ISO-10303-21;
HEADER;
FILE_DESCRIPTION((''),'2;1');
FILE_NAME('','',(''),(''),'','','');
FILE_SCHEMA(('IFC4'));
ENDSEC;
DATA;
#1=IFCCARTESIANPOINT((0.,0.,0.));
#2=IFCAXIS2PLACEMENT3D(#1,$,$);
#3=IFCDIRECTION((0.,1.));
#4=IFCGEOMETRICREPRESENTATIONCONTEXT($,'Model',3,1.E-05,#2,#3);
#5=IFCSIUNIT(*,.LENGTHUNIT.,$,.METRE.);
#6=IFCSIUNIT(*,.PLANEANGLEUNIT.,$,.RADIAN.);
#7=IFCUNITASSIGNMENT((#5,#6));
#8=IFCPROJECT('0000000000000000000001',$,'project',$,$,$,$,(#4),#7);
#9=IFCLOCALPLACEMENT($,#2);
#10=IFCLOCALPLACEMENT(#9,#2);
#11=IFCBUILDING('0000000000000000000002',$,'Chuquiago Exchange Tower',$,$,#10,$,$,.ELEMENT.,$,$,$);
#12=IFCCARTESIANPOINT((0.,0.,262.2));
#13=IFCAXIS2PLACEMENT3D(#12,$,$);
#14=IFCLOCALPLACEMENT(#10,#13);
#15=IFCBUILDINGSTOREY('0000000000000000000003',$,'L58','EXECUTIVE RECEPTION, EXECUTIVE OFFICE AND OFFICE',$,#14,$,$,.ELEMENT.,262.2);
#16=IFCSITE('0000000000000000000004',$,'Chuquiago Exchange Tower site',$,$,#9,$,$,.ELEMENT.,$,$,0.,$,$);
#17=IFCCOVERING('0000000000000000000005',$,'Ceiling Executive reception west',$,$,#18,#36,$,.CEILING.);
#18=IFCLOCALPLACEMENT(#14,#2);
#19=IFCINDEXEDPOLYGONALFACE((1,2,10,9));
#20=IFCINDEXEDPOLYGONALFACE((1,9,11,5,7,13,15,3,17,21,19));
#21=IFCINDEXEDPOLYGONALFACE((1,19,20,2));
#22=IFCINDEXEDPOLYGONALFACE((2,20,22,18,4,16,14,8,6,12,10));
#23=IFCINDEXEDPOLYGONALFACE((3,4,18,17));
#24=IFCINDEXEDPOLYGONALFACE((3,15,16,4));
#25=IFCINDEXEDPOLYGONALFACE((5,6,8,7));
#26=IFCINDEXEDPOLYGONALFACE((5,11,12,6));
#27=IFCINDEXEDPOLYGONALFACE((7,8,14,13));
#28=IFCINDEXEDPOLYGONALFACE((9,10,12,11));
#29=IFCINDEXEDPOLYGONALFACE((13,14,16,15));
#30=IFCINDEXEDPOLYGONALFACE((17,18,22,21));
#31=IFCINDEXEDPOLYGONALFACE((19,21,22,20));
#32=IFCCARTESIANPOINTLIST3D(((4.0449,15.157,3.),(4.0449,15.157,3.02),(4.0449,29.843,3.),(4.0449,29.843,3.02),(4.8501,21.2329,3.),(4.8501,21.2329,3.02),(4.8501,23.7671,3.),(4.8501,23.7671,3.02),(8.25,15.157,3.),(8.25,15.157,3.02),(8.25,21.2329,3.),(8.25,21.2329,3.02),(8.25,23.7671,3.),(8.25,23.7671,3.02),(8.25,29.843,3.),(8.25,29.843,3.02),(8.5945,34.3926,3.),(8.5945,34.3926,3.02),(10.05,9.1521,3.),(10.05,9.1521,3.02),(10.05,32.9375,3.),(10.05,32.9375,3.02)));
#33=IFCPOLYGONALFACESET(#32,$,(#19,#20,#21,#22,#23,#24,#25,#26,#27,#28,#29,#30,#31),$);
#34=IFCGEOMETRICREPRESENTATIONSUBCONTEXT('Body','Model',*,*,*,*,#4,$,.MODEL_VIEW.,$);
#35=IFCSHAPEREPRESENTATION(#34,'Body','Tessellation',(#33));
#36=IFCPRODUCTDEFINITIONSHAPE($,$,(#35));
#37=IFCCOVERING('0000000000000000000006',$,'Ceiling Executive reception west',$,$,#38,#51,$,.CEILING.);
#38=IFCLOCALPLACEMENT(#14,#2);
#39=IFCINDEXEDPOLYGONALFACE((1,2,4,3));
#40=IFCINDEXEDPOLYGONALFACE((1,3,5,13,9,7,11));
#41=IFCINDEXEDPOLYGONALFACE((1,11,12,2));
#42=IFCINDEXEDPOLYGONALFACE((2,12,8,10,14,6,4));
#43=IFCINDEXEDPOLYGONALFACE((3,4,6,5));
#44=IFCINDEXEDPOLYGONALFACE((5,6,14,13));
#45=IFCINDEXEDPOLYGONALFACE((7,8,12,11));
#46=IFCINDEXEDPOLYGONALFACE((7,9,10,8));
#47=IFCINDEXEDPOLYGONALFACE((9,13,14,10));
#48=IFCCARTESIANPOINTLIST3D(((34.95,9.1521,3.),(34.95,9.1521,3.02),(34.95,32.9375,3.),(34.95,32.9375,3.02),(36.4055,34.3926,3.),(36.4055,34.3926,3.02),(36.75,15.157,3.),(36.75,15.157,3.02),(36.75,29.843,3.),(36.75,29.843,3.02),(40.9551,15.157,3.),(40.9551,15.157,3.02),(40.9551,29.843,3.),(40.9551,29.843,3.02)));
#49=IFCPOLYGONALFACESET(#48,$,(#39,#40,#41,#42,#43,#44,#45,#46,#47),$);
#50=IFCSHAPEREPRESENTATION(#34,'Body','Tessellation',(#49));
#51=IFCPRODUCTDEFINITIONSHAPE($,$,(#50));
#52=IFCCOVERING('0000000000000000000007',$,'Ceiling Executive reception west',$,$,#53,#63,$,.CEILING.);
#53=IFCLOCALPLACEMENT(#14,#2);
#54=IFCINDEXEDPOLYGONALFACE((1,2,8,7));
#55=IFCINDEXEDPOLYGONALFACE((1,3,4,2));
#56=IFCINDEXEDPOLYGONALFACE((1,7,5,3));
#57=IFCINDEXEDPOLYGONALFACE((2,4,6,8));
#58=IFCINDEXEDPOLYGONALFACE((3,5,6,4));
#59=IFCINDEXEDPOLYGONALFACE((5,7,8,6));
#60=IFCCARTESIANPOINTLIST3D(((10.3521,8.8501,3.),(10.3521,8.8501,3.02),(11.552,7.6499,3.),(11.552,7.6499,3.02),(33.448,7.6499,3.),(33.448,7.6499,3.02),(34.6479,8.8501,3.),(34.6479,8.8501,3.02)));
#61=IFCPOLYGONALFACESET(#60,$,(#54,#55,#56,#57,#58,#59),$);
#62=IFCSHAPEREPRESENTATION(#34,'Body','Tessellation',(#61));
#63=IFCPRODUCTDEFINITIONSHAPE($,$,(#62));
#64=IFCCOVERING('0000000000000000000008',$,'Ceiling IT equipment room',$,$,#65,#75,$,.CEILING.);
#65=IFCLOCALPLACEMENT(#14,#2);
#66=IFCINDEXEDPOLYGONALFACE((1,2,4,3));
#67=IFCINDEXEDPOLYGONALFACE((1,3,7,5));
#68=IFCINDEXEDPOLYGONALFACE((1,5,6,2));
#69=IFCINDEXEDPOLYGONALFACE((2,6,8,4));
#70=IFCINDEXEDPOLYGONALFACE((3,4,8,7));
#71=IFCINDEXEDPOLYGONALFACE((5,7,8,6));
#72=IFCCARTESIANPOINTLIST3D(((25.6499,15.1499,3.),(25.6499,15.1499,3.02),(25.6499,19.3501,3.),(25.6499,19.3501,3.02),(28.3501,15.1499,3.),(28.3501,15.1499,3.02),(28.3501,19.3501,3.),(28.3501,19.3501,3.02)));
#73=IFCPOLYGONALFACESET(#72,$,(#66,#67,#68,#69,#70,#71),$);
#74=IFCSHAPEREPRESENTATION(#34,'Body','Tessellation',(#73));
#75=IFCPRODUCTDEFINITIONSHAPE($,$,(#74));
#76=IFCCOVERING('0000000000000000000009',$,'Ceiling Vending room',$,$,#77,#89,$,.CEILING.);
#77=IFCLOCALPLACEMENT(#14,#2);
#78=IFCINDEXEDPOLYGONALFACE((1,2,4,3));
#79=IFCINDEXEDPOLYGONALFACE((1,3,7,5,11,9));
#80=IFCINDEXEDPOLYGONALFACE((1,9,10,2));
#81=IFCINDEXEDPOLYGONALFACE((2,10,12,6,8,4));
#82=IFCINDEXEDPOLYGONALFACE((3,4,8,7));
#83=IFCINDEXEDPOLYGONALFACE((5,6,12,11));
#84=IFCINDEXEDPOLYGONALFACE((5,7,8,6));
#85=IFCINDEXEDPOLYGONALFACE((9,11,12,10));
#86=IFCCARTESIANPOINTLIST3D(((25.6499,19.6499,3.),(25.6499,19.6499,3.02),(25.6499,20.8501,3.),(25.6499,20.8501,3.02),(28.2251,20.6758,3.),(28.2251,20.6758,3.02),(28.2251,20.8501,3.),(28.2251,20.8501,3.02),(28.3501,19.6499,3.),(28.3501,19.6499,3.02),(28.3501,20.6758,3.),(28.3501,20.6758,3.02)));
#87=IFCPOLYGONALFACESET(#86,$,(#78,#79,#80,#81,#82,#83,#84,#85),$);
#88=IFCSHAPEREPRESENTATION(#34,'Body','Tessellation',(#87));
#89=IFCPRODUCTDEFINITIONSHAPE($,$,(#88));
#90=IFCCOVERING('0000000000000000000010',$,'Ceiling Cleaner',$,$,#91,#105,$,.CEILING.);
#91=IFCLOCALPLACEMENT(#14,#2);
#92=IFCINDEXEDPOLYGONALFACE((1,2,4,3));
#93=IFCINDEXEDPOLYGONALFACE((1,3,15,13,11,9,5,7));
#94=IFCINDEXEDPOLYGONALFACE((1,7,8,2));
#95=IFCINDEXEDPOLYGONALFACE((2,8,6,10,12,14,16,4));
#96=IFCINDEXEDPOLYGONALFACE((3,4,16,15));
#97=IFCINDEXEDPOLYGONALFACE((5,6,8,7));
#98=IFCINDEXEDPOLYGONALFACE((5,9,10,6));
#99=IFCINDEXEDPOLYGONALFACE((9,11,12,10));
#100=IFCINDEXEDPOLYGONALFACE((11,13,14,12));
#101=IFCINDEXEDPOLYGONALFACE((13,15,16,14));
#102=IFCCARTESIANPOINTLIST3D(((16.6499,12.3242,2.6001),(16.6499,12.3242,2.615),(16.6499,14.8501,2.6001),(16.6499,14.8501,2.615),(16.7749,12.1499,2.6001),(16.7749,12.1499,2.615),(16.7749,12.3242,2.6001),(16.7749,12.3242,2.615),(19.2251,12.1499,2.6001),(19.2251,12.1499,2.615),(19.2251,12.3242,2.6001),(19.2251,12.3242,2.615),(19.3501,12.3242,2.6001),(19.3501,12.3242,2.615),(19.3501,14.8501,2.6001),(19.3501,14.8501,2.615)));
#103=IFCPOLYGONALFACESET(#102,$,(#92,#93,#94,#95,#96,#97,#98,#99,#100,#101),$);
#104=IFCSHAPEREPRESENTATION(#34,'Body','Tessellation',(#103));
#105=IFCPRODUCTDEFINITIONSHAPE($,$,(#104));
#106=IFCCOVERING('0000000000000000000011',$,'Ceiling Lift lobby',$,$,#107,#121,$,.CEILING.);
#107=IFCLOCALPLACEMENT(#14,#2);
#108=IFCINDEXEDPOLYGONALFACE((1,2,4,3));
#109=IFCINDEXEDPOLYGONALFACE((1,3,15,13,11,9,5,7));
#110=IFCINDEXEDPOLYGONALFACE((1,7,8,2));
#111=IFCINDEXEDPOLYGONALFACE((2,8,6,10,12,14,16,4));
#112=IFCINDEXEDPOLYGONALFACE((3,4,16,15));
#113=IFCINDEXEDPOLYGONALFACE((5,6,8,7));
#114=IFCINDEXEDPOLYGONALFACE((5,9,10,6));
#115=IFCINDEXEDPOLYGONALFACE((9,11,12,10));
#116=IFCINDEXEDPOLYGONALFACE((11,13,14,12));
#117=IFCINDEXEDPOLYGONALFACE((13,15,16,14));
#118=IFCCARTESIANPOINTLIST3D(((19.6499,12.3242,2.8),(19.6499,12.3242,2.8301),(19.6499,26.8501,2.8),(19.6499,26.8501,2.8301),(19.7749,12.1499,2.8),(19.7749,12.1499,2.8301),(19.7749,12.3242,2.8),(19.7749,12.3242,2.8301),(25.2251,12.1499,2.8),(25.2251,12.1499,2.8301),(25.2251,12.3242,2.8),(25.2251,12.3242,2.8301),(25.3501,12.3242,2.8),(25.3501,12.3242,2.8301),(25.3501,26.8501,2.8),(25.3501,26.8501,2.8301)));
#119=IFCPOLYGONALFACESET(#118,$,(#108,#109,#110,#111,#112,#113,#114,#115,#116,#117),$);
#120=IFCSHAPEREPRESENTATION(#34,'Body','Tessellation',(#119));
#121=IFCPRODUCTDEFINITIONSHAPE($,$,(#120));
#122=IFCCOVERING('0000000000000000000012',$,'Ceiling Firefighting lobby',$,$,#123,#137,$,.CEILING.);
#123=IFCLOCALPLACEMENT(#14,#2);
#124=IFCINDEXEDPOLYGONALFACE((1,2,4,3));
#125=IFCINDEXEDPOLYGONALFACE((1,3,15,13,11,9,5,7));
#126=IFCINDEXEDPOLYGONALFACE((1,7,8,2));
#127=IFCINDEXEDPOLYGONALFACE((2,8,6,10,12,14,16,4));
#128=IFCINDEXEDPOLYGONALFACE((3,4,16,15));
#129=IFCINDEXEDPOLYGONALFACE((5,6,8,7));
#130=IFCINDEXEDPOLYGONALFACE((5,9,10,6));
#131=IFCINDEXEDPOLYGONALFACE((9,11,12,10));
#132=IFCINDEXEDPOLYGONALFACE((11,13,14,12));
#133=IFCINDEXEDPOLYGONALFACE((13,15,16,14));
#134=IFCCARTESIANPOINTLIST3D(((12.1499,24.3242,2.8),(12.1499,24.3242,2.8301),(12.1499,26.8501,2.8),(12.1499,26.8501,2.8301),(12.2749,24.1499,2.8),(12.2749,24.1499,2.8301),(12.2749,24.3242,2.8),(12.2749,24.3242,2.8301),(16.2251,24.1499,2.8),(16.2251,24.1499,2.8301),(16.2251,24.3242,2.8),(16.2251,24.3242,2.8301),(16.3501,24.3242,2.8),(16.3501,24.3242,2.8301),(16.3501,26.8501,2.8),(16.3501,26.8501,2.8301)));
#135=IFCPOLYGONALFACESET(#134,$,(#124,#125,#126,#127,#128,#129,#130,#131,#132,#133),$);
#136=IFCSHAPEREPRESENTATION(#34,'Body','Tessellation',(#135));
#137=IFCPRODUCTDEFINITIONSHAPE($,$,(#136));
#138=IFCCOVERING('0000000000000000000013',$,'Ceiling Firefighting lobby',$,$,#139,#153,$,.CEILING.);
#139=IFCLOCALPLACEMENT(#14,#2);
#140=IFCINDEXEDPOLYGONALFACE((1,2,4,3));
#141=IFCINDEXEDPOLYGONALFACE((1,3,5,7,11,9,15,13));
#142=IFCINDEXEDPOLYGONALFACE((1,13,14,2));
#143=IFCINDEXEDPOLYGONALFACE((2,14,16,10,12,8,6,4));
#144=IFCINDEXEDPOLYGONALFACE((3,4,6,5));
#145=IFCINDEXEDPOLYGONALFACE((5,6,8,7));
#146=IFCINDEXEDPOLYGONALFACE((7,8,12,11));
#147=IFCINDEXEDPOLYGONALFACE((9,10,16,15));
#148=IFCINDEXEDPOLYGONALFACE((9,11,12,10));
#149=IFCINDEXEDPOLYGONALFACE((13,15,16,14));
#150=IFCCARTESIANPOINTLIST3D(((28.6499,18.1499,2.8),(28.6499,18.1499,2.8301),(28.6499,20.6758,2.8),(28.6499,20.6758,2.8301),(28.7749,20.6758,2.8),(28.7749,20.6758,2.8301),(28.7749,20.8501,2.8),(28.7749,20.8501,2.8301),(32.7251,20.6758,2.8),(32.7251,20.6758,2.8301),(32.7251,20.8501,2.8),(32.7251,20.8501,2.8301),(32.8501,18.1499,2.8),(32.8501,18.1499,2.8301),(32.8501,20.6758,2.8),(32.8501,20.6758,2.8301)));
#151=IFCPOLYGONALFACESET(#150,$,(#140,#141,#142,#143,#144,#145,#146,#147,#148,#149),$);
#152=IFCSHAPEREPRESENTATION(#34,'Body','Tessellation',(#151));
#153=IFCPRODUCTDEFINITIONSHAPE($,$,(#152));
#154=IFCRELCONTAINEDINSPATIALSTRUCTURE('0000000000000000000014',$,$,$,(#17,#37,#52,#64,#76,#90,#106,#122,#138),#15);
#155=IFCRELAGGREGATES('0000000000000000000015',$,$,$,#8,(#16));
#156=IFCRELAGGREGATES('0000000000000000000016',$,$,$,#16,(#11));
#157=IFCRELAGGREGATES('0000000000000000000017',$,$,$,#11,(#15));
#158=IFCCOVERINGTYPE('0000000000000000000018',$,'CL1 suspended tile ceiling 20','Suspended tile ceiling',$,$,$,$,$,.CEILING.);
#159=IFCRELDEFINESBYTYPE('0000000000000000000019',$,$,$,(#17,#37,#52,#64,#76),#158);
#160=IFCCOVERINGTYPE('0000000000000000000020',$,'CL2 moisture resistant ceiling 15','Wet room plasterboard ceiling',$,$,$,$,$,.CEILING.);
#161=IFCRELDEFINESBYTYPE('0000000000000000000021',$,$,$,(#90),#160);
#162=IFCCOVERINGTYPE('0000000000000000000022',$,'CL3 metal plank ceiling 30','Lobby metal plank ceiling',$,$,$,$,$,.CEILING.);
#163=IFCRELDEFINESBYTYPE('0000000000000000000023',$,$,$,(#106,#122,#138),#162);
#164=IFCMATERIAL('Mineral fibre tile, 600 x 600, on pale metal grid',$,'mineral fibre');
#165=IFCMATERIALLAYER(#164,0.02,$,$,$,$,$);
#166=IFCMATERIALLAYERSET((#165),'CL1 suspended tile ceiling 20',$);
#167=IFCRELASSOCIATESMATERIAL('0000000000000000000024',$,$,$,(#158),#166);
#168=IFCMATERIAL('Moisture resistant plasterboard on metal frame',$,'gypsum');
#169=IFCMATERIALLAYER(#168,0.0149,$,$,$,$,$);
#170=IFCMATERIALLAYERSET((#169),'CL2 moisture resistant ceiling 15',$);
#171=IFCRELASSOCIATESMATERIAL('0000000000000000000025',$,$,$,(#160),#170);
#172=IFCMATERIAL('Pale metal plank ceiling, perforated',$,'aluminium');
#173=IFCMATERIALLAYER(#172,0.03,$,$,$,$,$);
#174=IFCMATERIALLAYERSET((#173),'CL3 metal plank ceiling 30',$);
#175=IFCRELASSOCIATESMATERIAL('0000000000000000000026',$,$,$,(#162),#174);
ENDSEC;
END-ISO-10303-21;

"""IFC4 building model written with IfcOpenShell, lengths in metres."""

from ifc_helpers import new_model, si_unit, direction, frame, origin, place, context, subcontext, project, spatial, polyline, outline, extrude, material, layer, layer_set, type_object, element, save


model = new_model("IFC4")

# Units and contexts
model_context = context("Model", 3, precision=1e-05, world=origin(), true_north=direction((0.0, 1.0)))
body_context = subcontext(model_context, "Body", "Model", "MODEL_VIEW")
ifc_project = project(units=[si_unit("LENGTHUNIT", "METRE"), si_unit("PLANEANGLEUNIT", "RADIAN")], contexts=[model_context])

# Site, building, storey
site_placement = place(None, origin())
site = spatial("IfcSite", under=ifc_project, at=site_placement, Name="Chuquiago Exchange Tower site", CompositionType="ELEMENT", RefElevation=0.0)
building_placement = place(site_placement, origin())
building = spatial("IfcBuilding", under=site, at=building_placement, Name="Chuquiago Exchange Tower", CompositionType="ELEMENT")
storey_placement = place(building_placement, frame((0.0, 0.0, 262.2)))
storey = spatial("IfcBuildingStorey", under=building, at=storey_placement, Name="L58", Description="EXECUTIVE RECEPTION, EXECUTIVE OFFICE AND OFFICE", CompositionType="ELEMENT", Elevation=262.2)

# Coverings
ifc_material_1 = material(Name="Mineral fibre tile, 600 x 600, on pale metal grid", Category="mineral fibre")
ifc_layer_1 = layer(ifc_material_1, 0.02)
ifc_layer_set_1 = layer_set([ifc_layer_1], Name="CL1 suspended tile ceiling 20")
covering_type_1 = type_object("IfcCoveringType", Name="CL1 suspended tile ceiling 20", Description="Suspended tile ceiling", PredefinedType="CEILING", material=ifc_layer_set_1)
covering_1_placement = place(storey_placement, frame((0.0, 0.0, 3.0)))
element("IfcCovering", 1, at=covering_1_placement, inside=storey, type_object=covering_type_1, Name="Ceiling Executive reception west", PredefinedType="CEILING", context=body_context, shape_type="SweptSolid", body=[
    extrude(outline(polyline([(8.5945, 34.3926), (10.05, 32.9375), (10.05, 9.1521), (4.0449, 15.157), (8.25, 15.157), (8.25, 21.2329), (4.8501, 21.2329), (4.8501, 23.7671), (8.25, 23.7671), (8.25, 29.843), (4.0449, 29.843), (8.5945, 34.3926)])), origin(), (0.0, 0.0, 1.0), 0.02),
])
covering_2_placement = place(storey_placement, frame((0.0, 0.0, 3.0)))
element("IfcCovering", 2, at=covering_2_placement, inside=storey, type_object=covering_type_1, Name="Ceiling Executive reception west", PredefinedType="CEILING", context=body_context, shape_type="SweptSolid", body=[
    extrude(outline(polyline([(34.95, 32.9375), (36.4055, 34.3926), (40.9551, 29.843), (36.75, 29.843), (36.75, 15.157), (40.9551, 15.157), (34.95, 9.1521), (34.95, 32.9375)])), origin(), (0.0, 0.0, 1.0), 0.02),
])
covering_3_placement = place(storey_placement, frame((0.0, 0.0, 3.0)))
element("IfcCovering", 3, at=covering_3_placement, inside=storey, type_object=covering_type_1, Name="Ceiling Executive reception west", PredefinedType="CEILING", context=body_context, shape_type="SweptSolid", body=[
    extrude(outline(polyline([(34.6479, 8.8501), (33.448, 7.6499), (11.552, 7.6499), (10.3521, 8.8501), (34.6479, 8.8501)])), origin(), (0.0, 0.0, 1.0), 0.02),
])
covering_4_placement = place(storey_placement, frame((0.0, 0.0, 3.0)))
element("IfcCovering", 4, at=covering_4_placement, inside=storey, type_object=covering_type_1, Name="Ceiling IT equipment room", PredefinedType="CEILING", context=body_context, shape_type="SweptSolid", body=[
    extrude(outline(polyline([(25.6499, 15.1499), (25.6499, 19.3501), (28.3501, 19.3501), (28.3501, 15.1499), (25.6499, 15.1499)])), origin(), (0.0, 0.0, 1.0), 0.02),
])
covering_5_placement = place(storey_placement, frame((0.0, 0.0, 3.0)))
element("IfcCovering", 5, at=covering_5_placement, inside=storey, type_object=covering_type_1, Name="Ceiling Vending room", PredefinedType="CEILING", context=body_context, shape_type="SweptSolid", body=[
    extrude(outline(polyline([(25.6499, 19.6499), (25.6499, 20.8501), (28.2251, 20.8501), (28.2251, 20.6758), (28.3501, 20.6758), (28.3501, 19.6499), (25.6499, 19.6499)])), origin(), (0.0, 0.0, 1.0), 0.02),
])
ifc_material_2 = material(Name="Moisture resistant plasterboard on metal frame", Category="gypsum")
ifc_layer_2 = layer(ifc_material_2, 0.0149)
ifc_layer_set_2 = layer_set([ifc_layer_2], Name="CL2 moisture resistant ceiling 15")
covering_type_2 = type_object("IfcCoveringType", Name="CL2 moisture resistant ceiling 15", Description="Wet room plasterboard ceiling", PredefinedType="CEILING", material=ifc_layer_set_2)
covering_6_placement = place(storey_placement, frame((0.0, 0.0, 2.6001)))
element("IfcCovering", 6, at=covering_6_placement, inside=storey, type_object=covering_type_2, Name="Ceiling Cleaner", PredefinedType="CEILING", context=body_context, shape_type="SweptSolid", body=[
    extrude(outline(polyline([(16.7749, 12.1499), (16.7749, 12.3242), (16.6499, 12.3242), (16.6499, 14.8501), (19.3501, 14.8501), (19.3501, 12.3242), (19.2251, 12.3242), (19.2251, 12.1499), (16.7749, 12.1499)])), origin(), (0.0, 0.0, 1.0), 0.0149),
])
ifc_material_3 = material(Name="Pale metal plank ceiling, perforated", Category="aluminium")
ifc_layer_3 = layer(ifc_material_3, 0.03)
ifc_layer_set_3 = layer_set([ifc_layer_3], Name="CL3 metal plank ceiling 30")
covering_type_3 = type_object("IfcCoveringType", Name="CL3 metal plank ceiling 30", Description="Lobby metal plank ceiling", PredefinedType="CEILING", material=ifc_layer_set_3)
covering_7_placement = place(storey_placement, frame((0.0, 0.0, 2.8)))
element("IfcCovering", 7, at=covering_7_placement, inside=storey, type_object=covering_type_3, Name="Ceiling Lift lobby", PredefinedType="CEILING", context=body_context, shape_type="SweptSolid", body=[
    extrude(outline(polyline([(19.7749, 12.1499), (19.7749, 12.3242), (19.6499, 12.3242), (19.6499, 26.8501), (25.3501, 26.8501), (25.3501, 12.3242), (25.2251, 12.3242), (25.2251, 12.1499), (19.7749, 12.1499)])), origin(), (0.0, 0.0, 1.0), 0.03),
])
covering_8_placement = place(storey_placement, frame((0.0, 0.0, 2.8)))
element("IfcCovering", 8, at=covering_8_placement, inside=storey, type_object=covering_type_3, Name="Ceiling Firefighting lobby", PredefinedType="CEILING", context=body_context, shape_type="SweptSolid", body=[
    extrude(outline(polyline([(12.2749, 24.1499), (12.2749, 24.3242), (12.1499, 24.3242), (12.1499, 26.8501), (16.3501, 26.8501), (16.3501, 24.3242), (16.2251, 24.3242), (16.2251, 24.1499), (12.2749, 24.1499)])), origin(), (0.0, 0.0, 1.0), 0.03),
])
covering_9_placement = place(storey_placement, frame((0.0, 0.0, 2.8)))
element("IfcCovering", 9, at=covering_9_placement, inside=storey, type_object=covering_type_3, Name="Ceiling Firefighting lobby", PredefinedType="CEILING", context=body_context, shape_type="SweptSolid", body=[
    extrude(outline(polyline([(28.6499, 18.1499), (28.6499, 20.6758), (28.7749, 20.6758), (28.7749, 20.8501), (32.7251, 20.8501), (32.7251, 20.6758), (32.8501, 20.6758), (32.8501, 18.1499), (28.6499, 18.1499)])), origin(), (0.0, 0.0, 1.0), 0.03),
])

save(model, "model.ifc")
